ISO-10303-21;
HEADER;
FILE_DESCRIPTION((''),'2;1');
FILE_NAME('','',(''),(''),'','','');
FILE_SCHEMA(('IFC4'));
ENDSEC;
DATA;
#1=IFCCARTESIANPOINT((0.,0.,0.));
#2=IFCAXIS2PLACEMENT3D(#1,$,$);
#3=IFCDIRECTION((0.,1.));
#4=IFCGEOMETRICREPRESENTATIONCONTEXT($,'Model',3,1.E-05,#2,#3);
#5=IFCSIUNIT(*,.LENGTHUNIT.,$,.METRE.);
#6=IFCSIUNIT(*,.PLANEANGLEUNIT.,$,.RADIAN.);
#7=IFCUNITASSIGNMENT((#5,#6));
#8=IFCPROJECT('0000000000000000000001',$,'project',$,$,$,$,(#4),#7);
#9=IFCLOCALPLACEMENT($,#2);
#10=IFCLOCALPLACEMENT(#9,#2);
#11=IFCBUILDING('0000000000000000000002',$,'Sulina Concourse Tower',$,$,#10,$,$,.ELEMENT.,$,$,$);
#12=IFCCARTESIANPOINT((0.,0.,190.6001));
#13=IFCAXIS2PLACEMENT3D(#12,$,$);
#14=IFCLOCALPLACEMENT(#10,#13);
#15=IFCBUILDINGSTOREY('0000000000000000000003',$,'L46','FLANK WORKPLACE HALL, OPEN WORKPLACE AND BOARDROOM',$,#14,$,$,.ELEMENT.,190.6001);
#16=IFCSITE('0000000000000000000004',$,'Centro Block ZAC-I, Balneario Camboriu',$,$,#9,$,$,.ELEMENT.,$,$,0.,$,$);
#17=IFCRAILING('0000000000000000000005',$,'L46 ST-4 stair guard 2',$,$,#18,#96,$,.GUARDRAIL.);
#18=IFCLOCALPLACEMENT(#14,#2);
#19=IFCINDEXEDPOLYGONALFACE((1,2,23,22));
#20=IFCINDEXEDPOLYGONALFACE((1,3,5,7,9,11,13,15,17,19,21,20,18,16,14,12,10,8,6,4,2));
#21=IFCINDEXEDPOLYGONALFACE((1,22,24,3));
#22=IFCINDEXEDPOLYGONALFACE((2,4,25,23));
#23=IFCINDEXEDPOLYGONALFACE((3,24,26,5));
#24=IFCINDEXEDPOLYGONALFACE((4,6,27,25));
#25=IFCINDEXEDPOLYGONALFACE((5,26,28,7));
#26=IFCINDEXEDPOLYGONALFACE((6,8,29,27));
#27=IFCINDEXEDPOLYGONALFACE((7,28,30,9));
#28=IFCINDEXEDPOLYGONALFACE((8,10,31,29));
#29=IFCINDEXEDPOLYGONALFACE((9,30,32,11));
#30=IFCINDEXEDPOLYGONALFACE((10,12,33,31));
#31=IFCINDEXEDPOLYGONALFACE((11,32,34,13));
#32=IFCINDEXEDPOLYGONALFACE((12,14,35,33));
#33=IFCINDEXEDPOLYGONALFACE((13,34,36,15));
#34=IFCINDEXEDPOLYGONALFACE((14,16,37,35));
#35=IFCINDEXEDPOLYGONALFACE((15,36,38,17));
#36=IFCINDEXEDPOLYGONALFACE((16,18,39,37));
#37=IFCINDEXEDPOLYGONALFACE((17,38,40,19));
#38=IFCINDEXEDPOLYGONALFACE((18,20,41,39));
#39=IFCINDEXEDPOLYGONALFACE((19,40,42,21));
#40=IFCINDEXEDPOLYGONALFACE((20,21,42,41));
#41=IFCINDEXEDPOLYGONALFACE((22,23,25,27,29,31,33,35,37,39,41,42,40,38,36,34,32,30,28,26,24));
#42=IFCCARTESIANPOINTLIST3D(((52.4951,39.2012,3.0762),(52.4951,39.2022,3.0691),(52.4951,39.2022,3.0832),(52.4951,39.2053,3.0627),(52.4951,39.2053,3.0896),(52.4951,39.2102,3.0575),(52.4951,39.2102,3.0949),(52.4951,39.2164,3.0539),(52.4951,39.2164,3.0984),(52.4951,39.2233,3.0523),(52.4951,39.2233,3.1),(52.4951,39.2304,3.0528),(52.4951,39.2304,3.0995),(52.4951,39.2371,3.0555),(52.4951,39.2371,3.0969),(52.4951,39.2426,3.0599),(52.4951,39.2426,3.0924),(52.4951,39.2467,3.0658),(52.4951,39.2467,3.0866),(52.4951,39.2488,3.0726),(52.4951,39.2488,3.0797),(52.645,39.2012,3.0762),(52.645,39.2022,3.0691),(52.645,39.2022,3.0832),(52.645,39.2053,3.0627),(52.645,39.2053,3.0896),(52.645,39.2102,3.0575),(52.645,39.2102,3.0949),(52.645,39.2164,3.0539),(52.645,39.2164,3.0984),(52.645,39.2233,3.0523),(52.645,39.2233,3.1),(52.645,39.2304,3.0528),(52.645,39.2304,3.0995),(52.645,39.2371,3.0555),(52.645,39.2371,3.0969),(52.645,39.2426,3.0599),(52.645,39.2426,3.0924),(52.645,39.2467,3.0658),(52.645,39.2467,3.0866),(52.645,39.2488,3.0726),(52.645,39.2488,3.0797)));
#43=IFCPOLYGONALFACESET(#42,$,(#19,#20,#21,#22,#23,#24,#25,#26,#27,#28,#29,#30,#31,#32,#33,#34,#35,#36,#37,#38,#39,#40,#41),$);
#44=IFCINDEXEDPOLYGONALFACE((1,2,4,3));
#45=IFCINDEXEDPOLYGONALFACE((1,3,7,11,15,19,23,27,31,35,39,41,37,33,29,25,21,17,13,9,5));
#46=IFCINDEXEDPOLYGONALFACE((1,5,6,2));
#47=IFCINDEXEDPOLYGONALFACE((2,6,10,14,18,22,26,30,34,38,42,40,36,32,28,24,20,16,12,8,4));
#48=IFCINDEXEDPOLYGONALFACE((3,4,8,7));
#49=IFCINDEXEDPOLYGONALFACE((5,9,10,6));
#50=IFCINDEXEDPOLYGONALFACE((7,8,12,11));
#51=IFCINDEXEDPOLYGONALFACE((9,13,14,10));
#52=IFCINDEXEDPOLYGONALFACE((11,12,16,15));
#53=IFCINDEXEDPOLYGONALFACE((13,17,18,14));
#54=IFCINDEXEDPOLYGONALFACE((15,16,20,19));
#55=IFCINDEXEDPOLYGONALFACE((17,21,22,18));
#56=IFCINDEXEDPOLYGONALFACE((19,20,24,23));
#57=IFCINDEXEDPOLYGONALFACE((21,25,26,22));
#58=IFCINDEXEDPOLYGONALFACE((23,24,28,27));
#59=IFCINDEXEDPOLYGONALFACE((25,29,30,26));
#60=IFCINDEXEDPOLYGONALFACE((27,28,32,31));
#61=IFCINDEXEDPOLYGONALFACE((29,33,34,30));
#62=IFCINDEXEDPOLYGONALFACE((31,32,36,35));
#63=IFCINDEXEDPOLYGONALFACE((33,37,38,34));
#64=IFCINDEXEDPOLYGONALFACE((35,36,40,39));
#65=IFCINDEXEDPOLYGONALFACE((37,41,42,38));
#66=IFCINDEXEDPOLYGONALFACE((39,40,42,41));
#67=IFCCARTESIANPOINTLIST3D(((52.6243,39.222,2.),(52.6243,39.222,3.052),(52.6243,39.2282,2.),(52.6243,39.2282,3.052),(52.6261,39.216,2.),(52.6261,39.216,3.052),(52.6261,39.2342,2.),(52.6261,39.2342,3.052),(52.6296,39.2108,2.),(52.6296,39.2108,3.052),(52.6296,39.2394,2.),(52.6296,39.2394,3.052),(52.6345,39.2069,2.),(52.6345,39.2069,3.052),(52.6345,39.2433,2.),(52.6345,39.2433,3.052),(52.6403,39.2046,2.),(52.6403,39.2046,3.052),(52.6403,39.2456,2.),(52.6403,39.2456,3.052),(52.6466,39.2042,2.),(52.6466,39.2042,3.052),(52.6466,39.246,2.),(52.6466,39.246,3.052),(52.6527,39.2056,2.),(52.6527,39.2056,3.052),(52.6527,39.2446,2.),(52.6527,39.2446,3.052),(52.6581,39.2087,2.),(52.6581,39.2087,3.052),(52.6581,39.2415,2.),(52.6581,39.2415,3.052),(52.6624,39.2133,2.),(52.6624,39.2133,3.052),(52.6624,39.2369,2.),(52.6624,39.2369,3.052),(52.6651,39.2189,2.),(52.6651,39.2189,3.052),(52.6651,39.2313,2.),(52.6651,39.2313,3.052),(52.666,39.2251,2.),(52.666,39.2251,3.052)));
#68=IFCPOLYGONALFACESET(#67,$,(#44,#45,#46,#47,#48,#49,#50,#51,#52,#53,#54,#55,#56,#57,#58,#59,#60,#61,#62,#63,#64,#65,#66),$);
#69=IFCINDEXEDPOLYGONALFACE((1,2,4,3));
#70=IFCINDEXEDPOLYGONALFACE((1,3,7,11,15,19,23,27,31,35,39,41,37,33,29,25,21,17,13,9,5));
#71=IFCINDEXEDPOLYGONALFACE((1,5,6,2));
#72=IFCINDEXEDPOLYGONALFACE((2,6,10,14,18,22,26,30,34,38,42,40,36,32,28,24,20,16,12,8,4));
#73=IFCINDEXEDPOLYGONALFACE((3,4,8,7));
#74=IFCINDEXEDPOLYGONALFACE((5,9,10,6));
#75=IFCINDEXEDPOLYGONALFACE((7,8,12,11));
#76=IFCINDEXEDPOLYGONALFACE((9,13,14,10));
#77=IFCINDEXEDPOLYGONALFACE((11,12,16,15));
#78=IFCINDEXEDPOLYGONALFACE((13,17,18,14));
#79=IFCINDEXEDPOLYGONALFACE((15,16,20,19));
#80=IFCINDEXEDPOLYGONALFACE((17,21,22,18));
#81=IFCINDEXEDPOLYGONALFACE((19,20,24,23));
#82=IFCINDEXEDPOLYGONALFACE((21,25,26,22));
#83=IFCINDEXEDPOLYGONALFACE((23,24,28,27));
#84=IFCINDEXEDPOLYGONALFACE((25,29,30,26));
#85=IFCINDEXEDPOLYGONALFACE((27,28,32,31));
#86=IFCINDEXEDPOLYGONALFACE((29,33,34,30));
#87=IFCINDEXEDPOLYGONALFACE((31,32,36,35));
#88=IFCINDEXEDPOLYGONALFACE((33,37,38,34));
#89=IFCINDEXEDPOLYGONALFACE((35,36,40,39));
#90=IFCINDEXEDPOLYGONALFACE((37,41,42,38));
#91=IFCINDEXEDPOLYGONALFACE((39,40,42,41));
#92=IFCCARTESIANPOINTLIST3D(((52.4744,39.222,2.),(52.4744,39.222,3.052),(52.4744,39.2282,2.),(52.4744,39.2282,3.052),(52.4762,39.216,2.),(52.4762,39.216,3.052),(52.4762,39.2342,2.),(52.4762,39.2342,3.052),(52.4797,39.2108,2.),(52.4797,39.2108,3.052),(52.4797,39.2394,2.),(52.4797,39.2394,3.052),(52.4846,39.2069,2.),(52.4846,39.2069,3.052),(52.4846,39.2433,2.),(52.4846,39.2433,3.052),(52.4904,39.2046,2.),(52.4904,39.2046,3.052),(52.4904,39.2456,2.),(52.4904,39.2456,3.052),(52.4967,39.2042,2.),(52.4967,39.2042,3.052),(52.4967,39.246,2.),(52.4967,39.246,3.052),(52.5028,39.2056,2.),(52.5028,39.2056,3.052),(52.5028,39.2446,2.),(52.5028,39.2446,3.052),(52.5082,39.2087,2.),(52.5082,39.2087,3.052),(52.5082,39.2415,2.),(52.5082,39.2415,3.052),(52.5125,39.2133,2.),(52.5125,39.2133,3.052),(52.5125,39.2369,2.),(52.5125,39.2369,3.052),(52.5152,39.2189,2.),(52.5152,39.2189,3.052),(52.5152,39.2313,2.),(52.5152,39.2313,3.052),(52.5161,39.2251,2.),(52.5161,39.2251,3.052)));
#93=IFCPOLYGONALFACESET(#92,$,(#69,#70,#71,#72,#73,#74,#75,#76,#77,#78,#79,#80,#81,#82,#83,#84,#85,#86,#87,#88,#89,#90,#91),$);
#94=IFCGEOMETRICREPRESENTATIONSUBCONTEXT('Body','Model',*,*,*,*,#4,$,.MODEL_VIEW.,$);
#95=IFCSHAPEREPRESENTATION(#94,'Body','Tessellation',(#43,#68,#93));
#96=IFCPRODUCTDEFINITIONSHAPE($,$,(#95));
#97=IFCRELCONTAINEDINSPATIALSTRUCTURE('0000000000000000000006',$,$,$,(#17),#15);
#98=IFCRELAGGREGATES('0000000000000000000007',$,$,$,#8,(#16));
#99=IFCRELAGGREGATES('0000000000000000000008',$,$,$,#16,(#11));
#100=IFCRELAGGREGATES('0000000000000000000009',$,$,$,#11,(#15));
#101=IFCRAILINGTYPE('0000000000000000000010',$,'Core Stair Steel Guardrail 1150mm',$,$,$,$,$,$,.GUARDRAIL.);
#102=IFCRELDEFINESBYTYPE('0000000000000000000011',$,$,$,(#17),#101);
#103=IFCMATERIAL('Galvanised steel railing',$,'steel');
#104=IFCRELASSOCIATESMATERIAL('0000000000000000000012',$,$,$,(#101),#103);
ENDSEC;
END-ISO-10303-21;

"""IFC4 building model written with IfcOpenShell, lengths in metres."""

from ifc_helpers import new_model, si_unit, direction, frame, origin, origin_2d, place, context, subcontext, project, spatial, circle, extrude, material, type_object, element, save


model = new_model("IFC4")

# Units and contexts
model_context = context("Model", 3, precision=1e-05, world=origin(), true_north=direction((0.0, 1.0)))
body_context = subcontext(model_context, "Body", "Model", "MODEL_VIEW")
ifc_project = project(units=[si_unit("LENGTHUNIT", "METRE"), si_unit("PLANEANGLEUNIT", "RADIAN")], contexts=[model_context])

# Site, building, storey
site_placement = place(None, origin())
site = spatial("IfcSite", under=ifc_project, at=site_placement, Name="Centro Block ZAC-I, Balneario Camboriu", CompositionType="ELEMENT", RefElevation=0.0)
building_placement = place(site_placement, origin())
building = spatial("IfcBuilding", under=site, at=building_placement, Name="Sulina Concourse Tower", CompositionType="ELEMENT")
storey_placement = place(building_placement, frame((0.0, 0.0, 190.6001)))
storey = spatial("IfcBuildingStorey", under=building, at=storey_placement, Name="L46", Description="FLANK WORKPLACE HALL, OPEN WORKPLACE AND BOARDROOM", CompositionType="ELEMENT", Elevation=190.6001)

# Railing
ifc_material_1 = material(Name="Galvanised steel railing", Category="steel")
railing_type_1 = type_object("IfcRailingType", Name="Core Stair Steel Guardrail 1150mm", PredefinedType="GUARDRAIL", material=ifc_material_1)
railing_1_placement = place(storey_placement, frame((52.645, 39.2251, 2.0)))
element("IfcRailing", 1, at=railing_1_placement, inside=storey, type_object=railing_type_1, Name="L46 ST-4 stair guard 2", PredefinedType="GUARDRAIL", context=body_context, shape_type="SweptSolid", body=[
    extrude(circle(Radius=0.0239, at=origin_2d()), frame((0.0, 0.0, 1.0762), z_axis=(-1.0, 0.0, 0.0), x_axis=(0.0, -1.0, 0.0)), (0.0, 0.0, 1.0), 0.1499),
    extrude(circle(Radius=0.021, at=origin_2d()), origin(), (0.0, 0.0, 1.0), 1.052),
    extrude(circle(Radius=0.021, at=origin_2d()), frame((-0.1499, 0.0, 0.0)), (0.0, 0.0, 1.0), 1.052),
])

save(model, "model.ifc")
